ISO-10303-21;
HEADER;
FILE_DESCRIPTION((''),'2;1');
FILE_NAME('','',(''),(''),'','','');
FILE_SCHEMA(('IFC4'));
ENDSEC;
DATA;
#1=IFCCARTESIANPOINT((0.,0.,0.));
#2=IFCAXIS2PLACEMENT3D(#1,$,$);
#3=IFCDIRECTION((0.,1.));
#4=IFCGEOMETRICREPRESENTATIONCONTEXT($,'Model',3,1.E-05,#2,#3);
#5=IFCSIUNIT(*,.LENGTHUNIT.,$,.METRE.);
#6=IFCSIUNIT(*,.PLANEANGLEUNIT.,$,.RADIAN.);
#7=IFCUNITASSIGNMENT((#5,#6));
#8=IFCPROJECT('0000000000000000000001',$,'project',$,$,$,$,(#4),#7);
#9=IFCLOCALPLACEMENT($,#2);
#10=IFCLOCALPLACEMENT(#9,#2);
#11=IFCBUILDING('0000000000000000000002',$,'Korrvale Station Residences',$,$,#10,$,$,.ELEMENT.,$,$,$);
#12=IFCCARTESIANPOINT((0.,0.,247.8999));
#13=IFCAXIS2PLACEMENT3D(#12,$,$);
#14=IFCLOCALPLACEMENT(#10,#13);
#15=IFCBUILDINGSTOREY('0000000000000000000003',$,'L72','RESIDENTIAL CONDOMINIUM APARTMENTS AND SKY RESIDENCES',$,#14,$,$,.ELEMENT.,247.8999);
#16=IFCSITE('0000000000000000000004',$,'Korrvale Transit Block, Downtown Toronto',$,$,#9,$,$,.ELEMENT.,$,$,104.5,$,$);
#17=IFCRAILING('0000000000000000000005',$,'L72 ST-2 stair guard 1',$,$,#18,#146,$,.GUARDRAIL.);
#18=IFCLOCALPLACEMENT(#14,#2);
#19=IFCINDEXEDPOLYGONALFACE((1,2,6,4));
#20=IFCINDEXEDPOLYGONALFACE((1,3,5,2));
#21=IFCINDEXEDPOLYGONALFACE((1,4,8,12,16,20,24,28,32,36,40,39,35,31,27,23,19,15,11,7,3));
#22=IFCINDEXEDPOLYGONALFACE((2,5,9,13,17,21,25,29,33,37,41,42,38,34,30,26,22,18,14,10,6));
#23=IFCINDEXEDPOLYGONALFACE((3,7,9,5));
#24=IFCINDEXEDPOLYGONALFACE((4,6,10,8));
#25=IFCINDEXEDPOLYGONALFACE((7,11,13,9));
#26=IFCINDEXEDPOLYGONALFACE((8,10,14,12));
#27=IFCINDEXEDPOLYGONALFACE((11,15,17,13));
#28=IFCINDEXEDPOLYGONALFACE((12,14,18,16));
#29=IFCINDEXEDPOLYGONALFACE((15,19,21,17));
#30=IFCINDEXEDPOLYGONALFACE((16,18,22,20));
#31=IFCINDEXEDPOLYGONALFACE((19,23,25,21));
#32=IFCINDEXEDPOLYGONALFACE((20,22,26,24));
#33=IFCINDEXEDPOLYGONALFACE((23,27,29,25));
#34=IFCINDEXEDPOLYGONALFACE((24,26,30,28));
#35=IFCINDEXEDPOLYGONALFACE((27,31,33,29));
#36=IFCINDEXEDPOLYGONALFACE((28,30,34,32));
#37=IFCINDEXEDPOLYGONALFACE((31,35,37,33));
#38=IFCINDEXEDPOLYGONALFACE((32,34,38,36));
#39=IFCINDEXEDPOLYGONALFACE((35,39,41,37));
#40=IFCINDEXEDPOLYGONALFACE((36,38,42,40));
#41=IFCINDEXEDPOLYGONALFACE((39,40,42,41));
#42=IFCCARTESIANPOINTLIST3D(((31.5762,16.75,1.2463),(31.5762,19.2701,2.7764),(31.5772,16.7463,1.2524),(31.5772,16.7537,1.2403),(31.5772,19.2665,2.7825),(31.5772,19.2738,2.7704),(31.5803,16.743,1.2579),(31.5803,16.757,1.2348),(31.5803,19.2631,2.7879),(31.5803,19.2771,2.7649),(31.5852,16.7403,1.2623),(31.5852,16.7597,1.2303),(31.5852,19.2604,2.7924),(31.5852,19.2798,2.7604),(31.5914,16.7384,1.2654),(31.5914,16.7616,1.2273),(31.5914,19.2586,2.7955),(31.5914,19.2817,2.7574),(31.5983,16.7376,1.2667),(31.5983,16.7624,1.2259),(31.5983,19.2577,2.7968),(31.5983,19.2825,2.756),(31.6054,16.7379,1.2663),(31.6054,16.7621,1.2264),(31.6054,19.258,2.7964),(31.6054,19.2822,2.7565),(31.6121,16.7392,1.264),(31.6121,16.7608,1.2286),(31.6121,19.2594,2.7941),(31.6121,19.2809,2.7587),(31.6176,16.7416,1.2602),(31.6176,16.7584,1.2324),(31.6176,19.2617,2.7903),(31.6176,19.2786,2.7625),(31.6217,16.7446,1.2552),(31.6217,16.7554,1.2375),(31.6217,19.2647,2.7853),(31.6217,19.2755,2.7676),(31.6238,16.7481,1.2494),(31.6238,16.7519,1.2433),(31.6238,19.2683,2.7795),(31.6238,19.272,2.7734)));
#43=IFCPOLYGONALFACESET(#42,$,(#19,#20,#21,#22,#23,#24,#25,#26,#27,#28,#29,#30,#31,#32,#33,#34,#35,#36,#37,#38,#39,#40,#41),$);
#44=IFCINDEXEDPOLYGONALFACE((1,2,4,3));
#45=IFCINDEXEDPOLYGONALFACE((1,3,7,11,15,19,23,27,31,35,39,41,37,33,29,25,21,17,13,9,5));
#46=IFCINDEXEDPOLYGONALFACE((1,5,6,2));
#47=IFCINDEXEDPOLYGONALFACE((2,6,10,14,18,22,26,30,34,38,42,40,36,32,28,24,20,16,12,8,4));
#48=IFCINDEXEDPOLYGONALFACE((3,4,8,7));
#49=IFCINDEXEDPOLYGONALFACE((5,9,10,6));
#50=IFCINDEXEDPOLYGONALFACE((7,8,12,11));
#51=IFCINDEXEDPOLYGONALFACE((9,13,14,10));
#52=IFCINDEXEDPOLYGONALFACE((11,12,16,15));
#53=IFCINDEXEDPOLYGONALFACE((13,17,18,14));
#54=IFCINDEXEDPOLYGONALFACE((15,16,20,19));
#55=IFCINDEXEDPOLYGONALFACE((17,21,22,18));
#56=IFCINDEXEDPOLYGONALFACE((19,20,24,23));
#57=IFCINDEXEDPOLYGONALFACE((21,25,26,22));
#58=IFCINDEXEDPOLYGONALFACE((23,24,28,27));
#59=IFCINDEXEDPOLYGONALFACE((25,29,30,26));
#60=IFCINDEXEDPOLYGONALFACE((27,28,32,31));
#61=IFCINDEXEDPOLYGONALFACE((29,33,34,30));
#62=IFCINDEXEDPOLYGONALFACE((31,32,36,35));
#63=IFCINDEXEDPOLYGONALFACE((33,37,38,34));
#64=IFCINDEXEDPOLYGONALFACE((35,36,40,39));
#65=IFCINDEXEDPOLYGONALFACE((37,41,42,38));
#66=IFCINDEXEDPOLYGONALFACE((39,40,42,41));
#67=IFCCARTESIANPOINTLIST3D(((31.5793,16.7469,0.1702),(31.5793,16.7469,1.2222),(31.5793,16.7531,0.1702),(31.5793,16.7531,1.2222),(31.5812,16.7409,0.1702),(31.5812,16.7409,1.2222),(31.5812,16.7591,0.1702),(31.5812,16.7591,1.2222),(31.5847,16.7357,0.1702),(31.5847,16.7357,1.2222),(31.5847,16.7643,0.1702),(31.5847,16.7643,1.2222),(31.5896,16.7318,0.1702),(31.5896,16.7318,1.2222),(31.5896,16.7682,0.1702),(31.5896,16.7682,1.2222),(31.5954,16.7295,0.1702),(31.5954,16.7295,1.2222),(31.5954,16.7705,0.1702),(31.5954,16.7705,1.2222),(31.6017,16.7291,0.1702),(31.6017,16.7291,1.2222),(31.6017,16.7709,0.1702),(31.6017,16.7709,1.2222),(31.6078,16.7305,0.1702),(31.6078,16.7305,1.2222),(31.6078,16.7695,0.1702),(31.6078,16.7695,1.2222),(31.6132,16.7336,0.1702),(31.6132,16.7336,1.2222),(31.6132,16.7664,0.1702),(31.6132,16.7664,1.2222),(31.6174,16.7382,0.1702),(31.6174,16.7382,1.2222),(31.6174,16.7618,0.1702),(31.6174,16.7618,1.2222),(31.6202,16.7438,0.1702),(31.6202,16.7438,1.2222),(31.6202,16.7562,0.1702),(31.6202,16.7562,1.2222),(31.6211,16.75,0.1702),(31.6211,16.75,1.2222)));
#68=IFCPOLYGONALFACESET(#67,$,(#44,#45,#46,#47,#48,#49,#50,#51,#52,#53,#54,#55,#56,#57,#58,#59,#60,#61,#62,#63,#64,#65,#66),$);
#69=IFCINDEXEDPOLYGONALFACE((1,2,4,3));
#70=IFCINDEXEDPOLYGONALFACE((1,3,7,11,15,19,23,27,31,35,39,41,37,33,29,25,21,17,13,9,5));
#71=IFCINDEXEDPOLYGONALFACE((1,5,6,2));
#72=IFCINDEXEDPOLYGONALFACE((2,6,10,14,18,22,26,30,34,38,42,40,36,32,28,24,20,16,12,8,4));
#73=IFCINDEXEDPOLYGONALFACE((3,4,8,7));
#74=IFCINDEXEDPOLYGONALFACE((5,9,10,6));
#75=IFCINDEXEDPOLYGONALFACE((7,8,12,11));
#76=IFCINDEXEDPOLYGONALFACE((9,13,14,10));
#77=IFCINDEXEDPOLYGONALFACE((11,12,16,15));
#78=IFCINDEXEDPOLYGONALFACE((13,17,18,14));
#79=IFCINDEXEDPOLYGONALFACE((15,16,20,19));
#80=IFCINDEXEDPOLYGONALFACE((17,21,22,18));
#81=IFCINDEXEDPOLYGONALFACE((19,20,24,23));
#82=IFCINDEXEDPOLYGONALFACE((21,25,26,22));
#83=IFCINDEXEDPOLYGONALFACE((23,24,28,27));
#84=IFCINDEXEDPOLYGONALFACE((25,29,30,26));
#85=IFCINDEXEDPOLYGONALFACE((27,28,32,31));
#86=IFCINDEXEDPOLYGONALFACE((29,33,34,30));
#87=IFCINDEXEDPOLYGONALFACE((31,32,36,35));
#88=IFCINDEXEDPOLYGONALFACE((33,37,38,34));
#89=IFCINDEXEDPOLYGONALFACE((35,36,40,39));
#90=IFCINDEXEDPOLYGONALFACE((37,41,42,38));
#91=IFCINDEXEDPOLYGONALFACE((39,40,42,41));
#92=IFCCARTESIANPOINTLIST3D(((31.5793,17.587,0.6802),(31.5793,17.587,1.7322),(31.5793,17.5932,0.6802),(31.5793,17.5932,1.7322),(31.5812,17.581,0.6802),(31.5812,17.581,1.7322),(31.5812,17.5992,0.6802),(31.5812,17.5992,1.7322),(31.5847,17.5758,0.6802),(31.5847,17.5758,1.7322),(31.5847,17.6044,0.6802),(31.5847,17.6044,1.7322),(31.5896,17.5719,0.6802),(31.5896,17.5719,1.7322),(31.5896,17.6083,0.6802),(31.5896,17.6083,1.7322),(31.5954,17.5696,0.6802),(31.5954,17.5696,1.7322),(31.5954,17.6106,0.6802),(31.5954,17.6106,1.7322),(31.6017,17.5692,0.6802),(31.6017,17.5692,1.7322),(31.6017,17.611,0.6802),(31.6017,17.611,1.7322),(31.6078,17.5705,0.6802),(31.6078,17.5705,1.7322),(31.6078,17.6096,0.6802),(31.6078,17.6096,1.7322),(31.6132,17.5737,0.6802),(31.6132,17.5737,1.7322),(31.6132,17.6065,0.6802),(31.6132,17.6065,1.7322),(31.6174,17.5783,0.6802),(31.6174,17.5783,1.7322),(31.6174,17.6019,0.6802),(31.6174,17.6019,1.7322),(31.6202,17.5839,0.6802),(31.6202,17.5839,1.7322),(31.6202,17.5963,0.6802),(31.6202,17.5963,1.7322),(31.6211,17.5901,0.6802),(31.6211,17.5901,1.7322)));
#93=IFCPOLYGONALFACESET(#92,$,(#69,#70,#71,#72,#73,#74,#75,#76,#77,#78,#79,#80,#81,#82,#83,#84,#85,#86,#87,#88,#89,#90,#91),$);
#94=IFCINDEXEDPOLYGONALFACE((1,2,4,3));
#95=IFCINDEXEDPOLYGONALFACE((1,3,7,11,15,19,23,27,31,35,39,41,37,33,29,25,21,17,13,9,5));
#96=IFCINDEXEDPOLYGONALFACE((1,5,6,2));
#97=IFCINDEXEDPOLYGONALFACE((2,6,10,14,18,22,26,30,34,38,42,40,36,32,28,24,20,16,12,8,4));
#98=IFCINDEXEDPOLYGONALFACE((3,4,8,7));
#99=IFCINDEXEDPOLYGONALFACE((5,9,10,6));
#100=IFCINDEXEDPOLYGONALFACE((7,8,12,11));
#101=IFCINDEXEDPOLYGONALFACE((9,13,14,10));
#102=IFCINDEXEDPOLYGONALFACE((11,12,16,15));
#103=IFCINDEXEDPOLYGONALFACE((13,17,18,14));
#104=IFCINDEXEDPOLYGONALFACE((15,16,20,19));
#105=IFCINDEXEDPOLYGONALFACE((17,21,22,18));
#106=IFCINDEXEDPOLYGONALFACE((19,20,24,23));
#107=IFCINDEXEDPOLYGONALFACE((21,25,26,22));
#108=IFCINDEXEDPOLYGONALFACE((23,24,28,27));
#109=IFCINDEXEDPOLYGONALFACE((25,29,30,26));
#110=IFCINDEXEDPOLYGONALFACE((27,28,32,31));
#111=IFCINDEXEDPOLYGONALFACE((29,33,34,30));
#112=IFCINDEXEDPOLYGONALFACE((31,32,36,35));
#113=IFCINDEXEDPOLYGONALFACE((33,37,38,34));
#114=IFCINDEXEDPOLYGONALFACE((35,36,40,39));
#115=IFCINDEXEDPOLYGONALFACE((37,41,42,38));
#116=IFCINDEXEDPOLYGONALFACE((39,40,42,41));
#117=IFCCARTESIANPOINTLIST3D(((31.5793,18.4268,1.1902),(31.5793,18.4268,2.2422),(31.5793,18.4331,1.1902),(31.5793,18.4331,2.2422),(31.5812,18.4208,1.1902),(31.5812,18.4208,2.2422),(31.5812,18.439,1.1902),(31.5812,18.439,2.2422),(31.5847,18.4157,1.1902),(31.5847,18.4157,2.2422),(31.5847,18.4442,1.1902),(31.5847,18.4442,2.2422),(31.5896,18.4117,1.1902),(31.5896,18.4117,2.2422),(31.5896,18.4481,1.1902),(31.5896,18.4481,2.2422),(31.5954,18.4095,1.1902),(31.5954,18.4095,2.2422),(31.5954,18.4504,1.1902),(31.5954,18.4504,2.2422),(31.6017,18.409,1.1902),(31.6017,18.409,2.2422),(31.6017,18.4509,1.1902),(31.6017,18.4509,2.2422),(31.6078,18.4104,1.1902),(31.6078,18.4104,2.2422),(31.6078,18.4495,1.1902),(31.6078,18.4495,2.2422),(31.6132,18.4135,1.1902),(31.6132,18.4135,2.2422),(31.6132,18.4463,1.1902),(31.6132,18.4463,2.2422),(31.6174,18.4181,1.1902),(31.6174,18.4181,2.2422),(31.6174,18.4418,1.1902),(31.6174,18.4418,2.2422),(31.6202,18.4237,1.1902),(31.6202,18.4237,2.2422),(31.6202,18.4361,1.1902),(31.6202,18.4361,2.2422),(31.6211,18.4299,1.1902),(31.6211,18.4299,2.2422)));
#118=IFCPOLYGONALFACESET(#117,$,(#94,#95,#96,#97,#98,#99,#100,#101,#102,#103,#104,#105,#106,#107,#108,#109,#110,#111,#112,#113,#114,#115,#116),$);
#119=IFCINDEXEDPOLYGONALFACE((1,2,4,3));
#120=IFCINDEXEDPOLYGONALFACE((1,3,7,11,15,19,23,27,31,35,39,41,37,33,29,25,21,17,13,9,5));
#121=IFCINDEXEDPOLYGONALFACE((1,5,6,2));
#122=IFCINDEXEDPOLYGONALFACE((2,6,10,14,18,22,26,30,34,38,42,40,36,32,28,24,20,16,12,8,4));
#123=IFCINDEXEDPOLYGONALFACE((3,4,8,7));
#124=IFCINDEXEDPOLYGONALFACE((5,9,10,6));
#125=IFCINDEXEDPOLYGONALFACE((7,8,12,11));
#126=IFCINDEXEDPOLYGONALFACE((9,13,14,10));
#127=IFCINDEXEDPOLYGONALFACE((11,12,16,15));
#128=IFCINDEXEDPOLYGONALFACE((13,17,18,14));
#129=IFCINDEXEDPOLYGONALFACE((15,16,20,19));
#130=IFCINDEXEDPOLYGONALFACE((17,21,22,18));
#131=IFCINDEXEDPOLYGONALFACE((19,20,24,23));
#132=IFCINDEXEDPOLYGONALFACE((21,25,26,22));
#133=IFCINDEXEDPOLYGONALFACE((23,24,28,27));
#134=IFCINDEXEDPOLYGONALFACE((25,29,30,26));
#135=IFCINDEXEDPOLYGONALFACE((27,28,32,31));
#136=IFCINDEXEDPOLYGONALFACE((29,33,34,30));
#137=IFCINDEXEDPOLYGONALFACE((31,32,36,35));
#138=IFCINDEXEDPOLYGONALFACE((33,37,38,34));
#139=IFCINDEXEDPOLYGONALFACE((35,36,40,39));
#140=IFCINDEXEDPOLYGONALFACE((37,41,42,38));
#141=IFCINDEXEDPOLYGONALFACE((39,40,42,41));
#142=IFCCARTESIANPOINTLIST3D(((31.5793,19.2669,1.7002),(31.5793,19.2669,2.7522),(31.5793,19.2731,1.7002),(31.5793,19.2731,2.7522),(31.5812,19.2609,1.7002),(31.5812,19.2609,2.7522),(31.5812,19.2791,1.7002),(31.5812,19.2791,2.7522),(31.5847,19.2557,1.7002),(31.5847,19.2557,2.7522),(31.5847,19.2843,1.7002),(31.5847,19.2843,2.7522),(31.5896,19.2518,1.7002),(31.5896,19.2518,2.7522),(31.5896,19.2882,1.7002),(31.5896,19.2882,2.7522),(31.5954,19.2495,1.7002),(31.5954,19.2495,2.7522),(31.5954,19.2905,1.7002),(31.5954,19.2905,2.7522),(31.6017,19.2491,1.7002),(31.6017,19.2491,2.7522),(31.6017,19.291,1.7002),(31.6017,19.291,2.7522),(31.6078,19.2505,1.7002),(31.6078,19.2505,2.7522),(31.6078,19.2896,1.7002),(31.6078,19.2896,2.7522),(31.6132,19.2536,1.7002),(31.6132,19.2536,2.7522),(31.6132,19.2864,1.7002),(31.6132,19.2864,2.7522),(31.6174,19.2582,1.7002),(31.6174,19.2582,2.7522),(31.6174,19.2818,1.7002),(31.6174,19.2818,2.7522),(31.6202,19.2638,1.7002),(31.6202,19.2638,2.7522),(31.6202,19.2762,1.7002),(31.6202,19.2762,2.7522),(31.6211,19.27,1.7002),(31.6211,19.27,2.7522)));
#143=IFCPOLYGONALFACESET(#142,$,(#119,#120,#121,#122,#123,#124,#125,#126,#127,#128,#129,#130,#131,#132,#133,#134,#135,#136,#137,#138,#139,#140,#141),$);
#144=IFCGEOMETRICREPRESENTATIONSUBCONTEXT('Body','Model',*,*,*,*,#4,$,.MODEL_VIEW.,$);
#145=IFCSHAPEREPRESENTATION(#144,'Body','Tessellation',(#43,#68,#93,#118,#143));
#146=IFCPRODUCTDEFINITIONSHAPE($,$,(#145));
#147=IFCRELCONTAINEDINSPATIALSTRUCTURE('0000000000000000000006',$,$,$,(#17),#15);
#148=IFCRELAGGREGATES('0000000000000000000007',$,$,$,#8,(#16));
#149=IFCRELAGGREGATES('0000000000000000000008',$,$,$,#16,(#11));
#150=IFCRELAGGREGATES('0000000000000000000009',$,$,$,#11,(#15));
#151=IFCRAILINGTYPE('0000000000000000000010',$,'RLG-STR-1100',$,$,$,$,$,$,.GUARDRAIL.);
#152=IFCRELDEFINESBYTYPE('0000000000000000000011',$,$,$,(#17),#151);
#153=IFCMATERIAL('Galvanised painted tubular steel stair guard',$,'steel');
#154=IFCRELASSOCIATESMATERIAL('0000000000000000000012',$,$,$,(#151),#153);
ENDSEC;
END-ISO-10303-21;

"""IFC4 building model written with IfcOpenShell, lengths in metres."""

from ifc_helpers import new_model, si_unit, direction, frame, origin, origin_2d, place, context, subcontext, project, spatial, circle, extrude, material, type_object, element, save


model = new_model("IFC4")

# Units and contexts
model_context = context("Model", 3, precision=1e-05, world=origin(), true_north=direction((0.0, 1.0)))
body_context = subcontext(model_context, "Body", "Model", "MODEL_VIEW")
ifc_project = project(units=[si_unit("LENGTHUNIT", "METRE"), si_unit("PLANEANGLEUNIT", "RADIAN")], contexts=[model_context])

# Site, building, storey
site_placement = place(None, origin())
site = spatial("IfcSite", under=ifc_project, at=site_placement, Name="Korrvale Transit Block, Downtown Toronto", CompositionType="ELEMENT", RefElevation=104.5)
building_placement = place(site_placement, origin())
building = spatial("IfcBuilding", under=site, at=building_placement, Name="Korrvale Station Residences", CompositionType="ELEMENT")
storey_placement = place(building_placement, frame((0.0, 0.0, 247.8999)))
storey = spatial("IfcBuildingStorey", under=building, at=storey_placement, Name="L72", Description="RESIDENTIAL CONDOMINIUM APARTMENTS AND SKY RESIDENCES", CompositionType="ELEMENT", Elevation=247.8999)

# Railing
ifc_material_1 = material(Name="Galvanised painted tubular steel stair guard", Category="steel")
railing_type_1 = type_object("IfcRailingType", Name="RLG-STR-1100", PredefinedType="GUARDRAIL", material=ifc_material_1)
railing_1_placement = place(storey_placement, frame((31.6001, 16.75, 0.1702)))
element("IfcRailing", 1, at=railing_1_placement, inside=storey, type_object=railing_type_1, Name="L72 ST-2 stair guard 1", PredefinedType="GUARDRAIL", context=body_context, shape_type="SweptSolid", body=[
    extrude(circle(Radius=0.0239, at=origin_2d()), frame((0.0, 0.0, 1.0762), z_axis=(0.0, 0.854785, 0.518982), x_axis=(-1.0, 0.0, 0.0)), (0.0, 0.0, 1.0), 2.9482),
    extrude(circle(Radius=0.021, at=origin_2d()), origin(), (0.0, 0.0, 1.0), 1.052),
    extrude(circle(Radius=0.021, at=origin_2d()), frame((0.0, 0.8401, 0.51)), (0.0, 0.0, 1.0), 1.052),
    extrude(circle(Radius=0.021, at=origin_2d()), frame((0.0, 1.6799, 1.02)), (0.0, 0.0, 1.0), 1.052),
    extrude(circle(Radius=0.021, at=origin_2d()), frame((0.0, 2.52, 1.53)), (0.0, 0.0, 1.0), 1.052),
])

save(model, "model.ifc")
